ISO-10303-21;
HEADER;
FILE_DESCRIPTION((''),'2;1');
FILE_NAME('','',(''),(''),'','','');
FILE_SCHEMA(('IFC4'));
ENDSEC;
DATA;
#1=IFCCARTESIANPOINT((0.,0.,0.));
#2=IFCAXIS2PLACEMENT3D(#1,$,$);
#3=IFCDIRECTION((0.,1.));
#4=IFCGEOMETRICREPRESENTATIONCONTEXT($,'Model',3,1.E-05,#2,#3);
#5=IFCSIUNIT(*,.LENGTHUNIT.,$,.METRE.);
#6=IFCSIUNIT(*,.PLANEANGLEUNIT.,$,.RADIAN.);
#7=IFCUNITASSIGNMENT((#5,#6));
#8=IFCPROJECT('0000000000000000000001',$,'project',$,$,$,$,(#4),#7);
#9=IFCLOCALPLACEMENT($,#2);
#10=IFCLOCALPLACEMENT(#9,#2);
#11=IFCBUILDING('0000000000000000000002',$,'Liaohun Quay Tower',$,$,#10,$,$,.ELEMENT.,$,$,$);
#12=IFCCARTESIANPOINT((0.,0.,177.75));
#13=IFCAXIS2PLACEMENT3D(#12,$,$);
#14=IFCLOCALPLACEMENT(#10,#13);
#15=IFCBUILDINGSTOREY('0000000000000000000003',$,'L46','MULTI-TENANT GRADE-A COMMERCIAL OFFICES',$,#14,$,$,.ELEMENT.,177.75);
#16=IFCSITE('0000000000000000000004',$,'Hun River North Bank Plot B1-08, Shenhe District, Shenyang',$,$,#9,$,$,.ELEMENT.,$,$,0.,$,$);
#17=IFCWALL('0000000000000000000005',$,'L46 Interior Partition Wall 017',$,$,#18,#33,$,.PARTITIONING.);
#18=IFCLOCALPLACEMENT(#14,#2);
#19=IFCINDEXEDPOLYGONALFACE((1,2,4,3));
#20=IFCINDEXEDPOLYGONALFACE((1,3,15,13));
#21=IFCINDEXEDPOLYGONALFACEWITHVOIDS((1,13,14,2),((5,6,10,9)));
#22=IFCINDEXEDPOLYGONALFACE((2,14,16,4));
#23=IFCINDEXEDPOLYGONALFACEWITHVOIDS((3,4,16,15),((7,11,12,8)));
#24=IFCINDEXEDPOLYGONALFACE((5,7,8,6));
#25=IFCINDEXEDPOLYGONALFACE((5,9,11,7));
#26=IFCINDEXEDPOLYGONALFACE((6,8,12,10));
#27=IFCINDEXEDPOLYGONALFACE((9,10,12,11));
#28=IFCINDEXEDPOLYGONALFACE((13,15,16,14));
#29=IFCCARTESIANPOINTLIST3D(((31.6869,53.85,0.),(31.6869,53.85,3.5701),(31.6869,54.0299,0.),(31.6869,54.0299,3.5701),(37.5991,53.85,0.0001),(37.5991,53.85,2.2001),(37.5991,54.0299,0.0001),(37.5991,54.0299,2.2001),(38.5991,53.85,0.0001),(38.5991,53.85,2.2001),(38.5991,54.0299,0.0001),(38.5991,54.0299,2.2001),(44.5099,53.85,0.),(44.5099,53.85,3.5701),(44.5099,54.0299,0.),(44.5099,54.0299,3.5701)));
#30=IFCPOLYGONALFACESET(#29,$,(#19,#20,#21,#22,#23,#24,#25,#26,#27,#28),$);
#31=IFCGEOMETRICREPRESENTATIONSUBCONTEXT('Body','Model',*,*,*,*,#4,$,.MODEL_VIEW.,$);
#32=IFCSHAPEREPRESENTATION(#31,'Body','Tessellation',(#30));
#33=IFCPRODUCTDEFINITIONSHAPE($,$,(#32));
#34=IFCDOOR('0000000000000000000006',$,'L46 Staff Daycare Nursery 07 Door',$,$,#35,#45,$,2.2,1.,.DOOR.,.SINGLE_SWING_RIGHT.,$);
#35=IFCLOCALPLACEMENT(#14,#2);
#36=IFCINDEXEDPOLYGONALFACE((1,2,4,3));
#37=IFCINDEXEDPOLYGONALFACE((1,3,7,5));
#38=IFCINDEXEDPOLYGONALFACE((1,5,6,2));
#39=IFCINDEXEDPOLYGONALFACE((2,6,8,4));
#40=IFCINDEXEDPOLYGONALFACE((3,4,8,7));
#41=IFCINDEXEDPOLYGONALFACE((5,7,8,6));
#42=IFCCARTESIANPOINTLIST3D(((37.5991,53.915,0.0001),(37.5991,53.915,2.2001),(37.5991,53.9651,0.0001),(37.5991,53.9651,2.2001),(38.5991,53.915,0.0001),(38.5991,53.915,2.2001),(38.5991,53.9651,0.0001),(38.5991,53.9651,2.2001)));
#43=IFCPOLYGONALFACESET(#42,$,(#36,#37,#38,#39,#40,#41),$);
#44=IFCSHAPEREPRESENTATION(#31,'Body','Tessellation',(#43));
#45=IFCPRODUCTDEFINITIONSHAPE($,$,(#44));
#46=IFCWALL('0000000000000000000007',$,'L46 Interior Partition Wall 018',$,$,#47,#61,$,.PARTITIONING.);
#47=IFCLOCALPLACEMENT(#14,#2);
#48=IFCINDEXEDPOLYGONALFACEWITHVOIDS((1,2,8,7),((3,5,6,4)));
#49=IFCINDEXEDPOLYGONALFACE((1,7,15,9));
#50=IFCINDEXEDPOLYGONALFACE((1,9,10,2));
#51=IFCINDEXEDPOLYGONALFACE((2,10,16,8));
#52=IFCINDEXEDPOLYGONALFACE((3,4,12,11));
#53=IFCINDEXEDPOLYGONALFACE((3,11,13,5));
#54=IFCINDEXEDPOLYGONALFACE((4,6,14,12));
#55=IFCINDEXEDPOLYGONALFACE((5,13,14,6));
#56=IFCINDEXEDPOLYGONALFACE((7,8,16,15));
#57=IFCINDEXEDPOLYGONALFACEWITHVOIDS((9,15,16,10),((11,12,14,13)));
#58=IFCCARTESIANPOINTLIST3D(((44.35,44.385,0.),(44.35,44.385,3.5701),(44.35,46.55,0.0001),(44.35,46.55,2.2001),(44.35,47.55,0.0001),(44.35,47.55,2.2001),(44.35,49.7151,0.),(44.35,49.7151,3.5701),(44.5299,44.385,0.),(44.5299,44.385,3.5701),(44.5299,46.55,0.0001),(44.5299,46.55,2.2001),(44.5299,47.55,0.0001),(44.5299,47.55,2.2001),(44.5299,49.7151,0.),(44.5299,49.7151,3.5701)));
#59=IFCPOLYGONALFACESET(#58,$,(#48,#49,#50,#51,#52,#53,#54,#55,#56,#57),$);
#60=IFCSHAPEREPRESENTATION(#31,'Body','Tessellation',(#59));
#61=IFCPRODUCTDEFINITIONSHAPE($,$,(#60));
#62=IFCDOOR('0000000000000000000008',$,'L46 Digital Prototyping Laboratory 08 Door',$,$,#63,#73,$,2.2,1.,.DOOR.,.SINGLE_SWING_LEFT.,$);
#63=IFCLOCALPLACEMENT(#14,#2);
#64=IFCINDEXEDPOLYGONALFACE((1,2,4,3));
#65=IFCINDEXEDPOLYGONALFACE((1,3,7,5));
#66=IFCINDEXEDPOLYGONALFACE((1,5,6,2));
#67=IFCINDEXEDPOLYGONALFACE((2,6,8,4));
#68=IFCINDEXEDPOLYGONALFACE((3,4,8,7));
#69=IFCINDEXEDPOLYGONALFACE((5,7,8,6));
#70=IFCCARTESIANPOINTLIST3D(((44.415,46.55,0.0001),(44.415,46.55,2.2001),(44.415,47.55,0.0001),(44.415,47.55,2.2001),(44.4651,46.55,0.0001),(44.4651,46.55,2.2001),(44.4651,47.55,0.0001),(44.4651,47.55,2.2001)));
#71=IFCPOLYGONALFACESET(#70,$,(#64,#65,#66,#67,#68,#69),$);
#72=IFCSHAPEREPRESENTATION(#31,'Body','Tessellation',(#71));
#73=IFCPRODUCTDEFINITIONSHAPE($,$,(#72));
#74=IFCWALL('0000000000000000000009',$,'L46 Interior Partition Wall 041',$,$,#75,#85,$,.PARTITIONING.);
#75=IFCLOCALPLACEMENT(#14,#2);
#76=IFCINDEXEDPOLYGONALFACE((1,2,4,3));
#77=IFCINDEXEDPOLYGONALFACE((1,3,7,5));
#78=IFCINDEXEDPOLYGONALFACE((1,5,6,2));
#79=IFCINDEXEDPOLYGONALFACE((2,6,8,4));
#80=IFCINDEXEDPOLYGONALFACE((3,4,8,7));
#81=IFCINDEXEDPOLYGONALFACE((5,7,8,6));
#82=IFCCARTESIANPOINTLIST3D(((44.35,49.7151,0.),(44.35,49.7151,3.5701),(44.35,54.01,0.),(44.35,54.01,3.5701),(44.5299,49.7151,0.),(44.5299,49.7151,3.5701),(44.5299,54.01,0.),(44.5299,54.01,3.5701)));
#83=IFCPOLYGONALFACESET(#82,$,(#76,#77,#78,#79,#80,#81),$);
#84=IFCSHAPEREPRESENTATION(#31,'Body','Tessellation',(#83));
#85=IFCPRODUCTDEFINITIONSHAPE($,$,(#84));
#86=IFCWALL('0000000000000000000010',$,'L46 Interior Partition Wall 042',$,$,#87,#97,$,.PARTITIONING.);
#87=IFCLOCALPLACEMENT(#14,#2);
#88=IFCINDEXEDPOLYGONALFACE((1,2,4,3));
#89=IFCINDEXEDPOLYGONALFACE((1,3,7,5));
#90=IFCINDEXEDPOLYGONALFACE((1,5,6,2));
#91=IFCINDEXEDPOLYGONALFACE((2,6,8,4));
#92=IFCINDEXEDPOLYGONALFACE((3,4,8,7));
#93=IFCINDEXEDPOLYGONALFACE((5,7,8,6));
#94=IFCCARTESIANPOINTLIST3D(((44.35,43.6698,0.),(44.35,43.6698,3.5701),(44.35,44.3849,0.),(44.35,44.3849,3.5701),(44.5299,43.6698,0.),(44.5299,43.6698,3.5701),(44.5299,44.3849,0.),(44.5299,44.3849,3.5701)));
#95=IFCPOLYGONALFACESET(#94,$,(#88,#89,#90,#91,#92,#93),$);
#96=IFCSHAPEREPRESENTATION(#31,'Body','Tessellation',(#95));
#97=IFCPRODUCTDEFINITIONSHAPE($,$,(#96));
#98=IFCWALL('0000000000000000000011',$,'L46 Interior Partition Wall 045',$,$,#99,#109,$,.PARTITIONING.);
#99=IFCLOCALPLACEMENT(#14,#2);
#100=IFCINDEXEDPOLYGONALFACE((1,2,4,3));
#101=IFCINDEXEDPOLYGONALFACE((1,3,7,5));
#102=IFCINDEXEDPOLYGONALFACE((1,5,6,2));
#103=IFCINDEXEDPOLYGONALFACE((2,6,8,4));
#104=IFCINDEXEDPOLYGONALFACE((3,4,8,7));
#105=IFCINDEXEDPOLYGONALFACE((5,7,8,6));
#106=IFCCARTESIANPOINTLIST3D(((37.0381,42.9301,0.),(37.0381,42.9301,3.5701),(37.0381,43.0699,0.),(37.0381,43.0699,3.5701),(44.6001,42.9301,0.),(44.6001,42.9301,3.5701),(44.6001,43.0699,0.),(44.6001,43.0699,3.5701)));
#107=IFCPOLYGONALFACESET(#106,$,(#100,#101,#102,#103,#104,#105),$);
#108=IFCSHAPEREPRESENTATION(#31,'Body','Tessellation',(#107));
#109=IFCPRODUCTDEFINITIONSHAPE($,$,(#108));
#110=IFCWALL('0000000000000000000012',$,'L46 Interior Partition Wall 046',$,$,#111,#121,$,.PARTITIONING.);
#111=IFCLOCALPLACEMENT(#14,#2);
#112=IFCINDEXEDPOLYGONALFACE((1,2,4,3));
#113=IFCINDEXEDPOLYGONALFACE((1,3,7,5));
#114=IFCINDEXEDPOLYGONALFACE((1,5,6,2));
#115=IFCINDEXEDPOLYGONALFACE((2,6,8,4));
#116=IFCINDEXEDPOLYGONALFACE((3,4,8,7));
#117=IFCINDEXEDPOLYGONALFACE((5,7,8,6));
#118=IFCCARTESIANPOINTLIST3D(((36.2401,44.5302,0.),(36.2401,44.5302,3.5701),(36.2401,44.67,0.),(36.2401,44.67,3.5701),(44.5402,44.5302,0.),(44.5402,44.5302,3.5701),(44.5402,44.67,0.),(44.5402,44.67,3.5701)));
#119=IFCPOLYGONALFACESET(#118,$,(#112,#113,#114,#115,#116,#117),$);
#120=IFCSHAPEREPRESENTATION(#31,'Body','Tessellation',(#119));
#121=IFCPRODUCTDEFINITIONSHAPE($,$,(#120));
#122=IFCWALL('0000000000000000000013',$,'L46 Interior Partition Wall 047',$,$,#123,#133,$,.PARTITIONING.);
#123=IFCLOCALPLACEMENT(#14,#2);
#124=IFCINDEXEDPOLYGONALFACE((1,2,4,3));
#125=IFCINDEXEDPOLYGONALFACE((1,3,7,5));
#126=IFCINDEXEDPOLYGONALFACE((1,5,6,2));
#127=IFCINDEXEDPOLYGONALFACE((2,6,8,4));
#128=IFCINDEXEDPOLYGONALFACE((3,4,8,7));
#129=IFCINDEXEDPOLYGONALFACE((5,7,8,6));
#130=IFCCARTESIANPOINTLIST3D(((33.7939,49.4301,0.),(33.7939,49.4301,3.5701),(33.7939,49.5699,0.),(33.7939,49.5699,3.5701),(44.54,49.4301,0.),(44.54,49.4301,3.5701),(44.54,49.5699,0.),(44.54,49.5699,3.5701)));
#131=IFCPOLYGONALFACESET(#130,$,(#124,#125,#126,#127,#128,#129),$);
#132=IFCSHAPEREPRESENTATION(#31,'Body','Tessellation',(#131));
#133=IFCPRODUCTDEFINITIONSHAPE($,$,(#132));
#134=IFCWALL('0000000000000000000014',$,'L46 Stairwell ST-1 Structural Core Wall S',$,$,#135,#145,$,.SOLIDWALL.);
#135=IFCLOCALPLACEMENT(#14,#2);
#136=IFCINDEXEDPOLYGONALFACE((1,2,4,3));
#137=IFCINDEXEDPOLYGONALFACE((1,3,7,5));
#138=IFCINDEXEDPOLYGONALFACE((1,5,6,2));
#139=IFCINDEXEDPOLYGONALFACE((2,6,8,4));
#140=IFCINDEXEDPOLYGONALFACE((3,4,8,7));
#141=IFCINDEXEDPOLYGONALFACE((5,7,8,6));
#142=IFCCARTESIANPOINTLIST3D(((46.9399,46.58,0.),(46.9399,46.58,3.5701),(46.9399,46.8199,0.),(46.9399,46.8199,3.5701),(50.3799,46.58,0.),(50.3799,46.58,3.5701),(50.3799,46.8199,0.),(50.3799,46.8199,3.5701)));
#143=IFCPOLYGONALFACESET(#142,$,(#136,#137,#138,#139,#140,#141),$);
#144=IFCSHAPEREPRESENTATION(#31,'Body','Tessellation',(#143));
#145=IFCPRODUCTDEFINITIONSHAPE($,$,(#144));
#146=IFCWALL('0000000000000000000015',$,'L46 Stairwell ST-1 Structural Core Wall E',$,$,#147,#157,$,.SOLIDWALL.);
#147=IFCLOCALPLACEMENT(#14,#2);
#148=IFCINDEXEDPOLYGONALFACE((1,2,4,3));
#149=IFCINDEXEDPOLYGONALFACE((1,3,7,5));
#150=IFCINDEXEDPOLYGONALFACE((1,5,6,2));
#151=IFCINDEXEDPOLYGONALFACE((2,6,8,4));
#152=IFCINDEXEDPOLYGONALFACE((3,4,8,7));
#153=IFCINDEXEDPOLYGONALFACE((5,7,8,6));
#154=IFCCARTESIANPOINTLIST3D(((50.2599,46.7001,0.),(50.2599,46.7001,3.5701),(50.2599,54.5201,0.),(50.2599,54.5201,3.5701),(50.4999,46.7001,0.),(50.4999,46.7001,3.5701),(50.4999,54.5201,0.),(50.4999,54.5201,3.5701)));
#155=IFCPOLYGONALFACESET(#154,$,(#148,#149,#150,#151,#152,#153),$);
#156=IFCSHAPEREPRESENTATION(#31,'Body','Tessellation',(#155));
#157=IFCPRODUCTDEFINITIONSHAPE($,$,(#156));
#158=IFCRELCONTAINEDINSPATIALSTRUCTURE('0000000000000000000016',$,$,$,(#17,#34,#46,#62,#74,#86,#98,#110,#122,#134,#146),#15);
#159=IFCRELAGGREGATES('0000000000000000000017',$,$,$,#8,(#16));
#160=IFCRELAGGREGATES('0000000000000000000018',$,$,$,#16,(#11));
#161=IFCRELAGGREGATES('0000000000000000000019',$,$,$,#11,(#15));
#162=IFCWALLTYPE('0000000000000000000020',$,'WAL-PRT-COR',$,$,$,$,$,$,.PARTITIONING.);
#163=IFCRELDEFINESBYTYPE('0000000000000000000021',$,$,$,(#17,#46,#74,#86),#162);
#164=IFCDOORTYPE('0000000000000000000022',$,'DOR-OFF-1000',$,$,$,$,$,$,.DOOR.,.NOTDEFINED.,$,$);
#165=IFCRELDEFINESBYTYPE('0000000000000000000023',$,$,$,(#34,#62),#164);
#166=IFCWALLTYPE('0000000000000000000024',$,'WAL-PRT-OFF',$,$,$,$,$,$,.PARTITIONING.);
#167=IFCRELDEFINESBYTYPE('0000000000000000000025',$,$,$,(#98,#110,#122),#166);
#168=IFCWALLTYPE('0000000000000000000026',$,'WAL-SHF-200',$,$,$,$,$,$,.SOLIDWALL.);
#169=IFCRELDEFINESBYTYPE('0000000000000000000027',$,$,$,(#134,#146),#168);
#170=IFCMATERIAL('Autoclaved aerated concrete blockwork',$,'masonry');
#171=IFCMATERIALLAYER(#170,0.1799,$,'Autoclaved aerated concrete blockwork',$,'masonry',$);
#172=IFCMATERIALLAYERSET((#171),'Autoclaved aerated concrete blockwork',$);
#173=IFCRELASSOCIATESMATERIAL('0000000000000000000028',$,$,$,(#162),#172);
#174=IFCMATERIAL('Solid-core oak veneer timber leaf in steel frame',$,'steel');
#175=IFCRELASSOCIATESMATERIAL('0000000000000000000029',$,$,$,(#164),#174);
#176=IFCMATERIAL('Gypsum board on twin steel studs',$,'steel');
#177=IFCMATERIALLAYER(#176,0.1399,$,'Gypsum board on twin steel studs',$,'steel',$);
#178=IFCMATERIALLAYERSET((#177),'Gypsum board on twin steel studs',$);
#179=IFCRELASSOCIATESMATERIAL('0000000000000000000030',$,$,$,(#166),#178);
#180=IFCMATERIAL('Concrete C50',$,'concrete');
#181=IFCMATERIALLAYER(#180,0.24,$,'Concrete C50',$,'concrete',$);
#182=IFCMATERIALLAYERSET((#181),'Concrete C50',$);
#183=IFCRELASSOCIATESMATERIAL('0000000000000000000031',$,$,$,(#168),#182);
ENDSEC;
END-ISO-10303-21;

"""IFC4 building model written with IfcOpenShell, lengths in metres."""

from ifc_helpers import new_model, si_unit, direction, frame, frame_2d, origin, place, context, subcontext, project, spatial, rectangle, extrude, source, transform, mapped, material, layer, layer_set, type_object, element, fill, save


model = new_model("IFC4")

# Units and contexts
model_context = context("Model", 3, precision=1e-05, world=origin(), true_north=direction((0.0, 1.0)))
body_context = subcontext(model_context, "Body", "Model", "MODEL_VIEW")
ifc_project = project(units=[si_unit("LENGTHUNIT", "METRE"), si_unit("PLANEANGLEUNIT", "RADIAN")], contexts=[model_context])

# Site, building, storey
site_placement = place(None, origin())
site = spatial("IfcSite", under=ifc_project, at=site_placement, Name="Hun River North Bank Plot B1-08, Shenhe District, Shenyang", CompositionType="ELEMENT", RefElevation=0.0)
building_placement = place(site_placement, origin())
building = spatial("IfcBuilding", under=site, at=building_placement, Name="Liaohun Quay Tower", CompositionType="ELEMENT")
storey_placement = place(building_placement, frame((0.0, 0.0, 177.75)))
storey = spatial("IfcBuildingStorey", under=building, at=storey_placement, Name="L46", Description="MULTI-TENANT GRADE-A COMMERCIAL OFFICES", CompositionType="ELEMENT", Elevation=177.75)

# Walls, openings, doors
ifc_material_1 = material(Name="Autoclaved aerated concrete blockwork", Category="masonry")
ifc_layer_1 = layer(ifc_material_1, 0.1799, Name="Autoclaved aerated concrete blockwork", Category="masonry")
ifc_layer_set_1 = layer_set([ifc_layer_1], Name="Autoclaved aerated concrete blockwork")
wall_type_1 = type_object("IfcWallType", Name="WAL-PRT-COR", PredefinedType="PARTITIONING", material=ifc_layer_set_1)
wall_1_placement = place(storey_placement, frame((44.51, 53.9399, 0.0), z_axis=(0.0, 0.0, 1.0), x_axis=(-1.0, 0.0, 0.0)))
wall_1 = element("IfcWall", 1, at=wall_1_placement, inside=storey, type_object=wall_type_1, Name="L46 Interior Partition Wall 017", PredefinedType="PARTITIONING", context=body_context, shape_type="SweptSolid", body=[
    extrude(rectangle(XDim=12.823, YDim=0.1799, at=frame_2d((6.4116, 0.0))), origin(), (0.0, 0.0, 1.0), 3.5701),
])
shared_shape_1 = source(origin(), body_context, "Body", "SweptSolid", [
    extrude(rectangle(XDim=1.0, YDim=2.2, at=frame_2d((0.5, 1.1001))), frame((0.0, 0.0999, 0.0), z_axis=(0.0, -1.0, 0.0), x_axis=(1.0, 0.0, 0.0)), (0.0, 0.0, 1.0), 0.2),
])
opening_1_placement = place(wall_1_placement, frame((5.9109, 0.0, 0.0)))
opening_1 = element("IfcOpeningElement", 2, at=opening_1_placement, cuts=wall_1, PredefinedType="OPENING", context=body_context, shape_type="MappedRepresentation", body=[
    mapped(shared_shape_1, transform((0.0, 0.0, 0.0), x_axis=(1.0, 0.0, 0.0), y_axis=(0.0, 1.0, 0.0), z_axis=(0.0, 0.0, 1.0), scale=1.0)),
])
ifc_material_2 = material(Name="Solid-core oak veneer timber leaf in steel frame", Category="steel")
door_type_1 = type_object("IfcDoorType", Name="DOR-OFF-1000", OperationType="NOTDEFINED", PredefinedType="DOOR", material=ifc_material_2)
shared_shape_2 = source(origin(), body_context, "Body", "SweptSolid", [
    extrude(rectangle(XDim=1.0, YDim=2.2, at=frame_2d((0.5, 1.1001))), frame((0.0, 0.0249, 0.0), z_axis=(0.0, -1.0, 0.0), x_axis=(1.0, 0.0, 0.0)), (0.0, 0.0, 1.0), 0.05),
])
door_1_placement = place(opening_1_placement, origin())
door_1 = element("IfcDoor", 3, at=door_1_placement, inside=storey, type_object=door_type_1, Name="L46 Staff Daycare Nursery 07 Door", OperationType="SINGLE_SWING_RIGHT", OverallHeight=2.2, OverallWidth=1.0, PredefinedType="DOOR", context=body_context, shape_type="MappedRepresentation", body=[
    mapped(shared_shape_2, transform((0.0, 0.0, 0.0), x_axis=(1.0, 0.0, 0.0), y_axis=(0.0, 1.0, 0.0), z_axis=(0.0, 0.0, 1.0), scale=1.0)),
])
fill(opening_1, door_1)
wall_2_placement = place(storey_placement, frame((44.4399, 44.385, 0.0), z_axis=(0.0, 0.0, 1.0), x_axis=(0.0, 1.0, 0.0)))
wall_2 = element("IfcWall", 4, at=wall_2_placement, inside=storey, type_object=wall_type_1, Name="L46 Interior Partition Wall 018", PredefinedType="PARTITIONING", context=body_context, shape_type="SweptSolid", body=[
    extrude(rectangle(XDim=5.3301, YDim=0.1799, at=frame_2d((2.665, 0.0))), origin(), (0.0, 0.0, 1.0), 3.5701),
])
opening_2_placement = place(wall_2_placement, frame((2.165, 0.0, 0.0)))
opening_2 = element("IfcOpeningElement", 5, at=opening_2_placement, cuts=wall_2, PredefinedType="OPENING", context=body_context, shape_type="MappedRepresentation", body=[
    mapped(shared_shape_1, transform((0.0, 0.0, 0.0), x_axis=(1.0, 0.0, 0.0), y_axis=(0.0, 1.0, 0.0), z_axis=(0.0, 0.0, 1.0), scale=1.0)),
])
door_2_placement = place(opening_2_placement, origin())
door_2 = element("IfcDoor", 6, at=door_2_placement, inside=storey, type_object=door_type_1, Name="L46 Digital Prototyping Laboratory 08 Door", OperationType="SINGLE_SWING_LEFT", OverallHeight=2.2, OverallWidth=1.0, PredefinedType="DOOR", context=body_context, shape_type="MappedRepresentation", body=[
    mapped(shared_shape_2, transform((0.0, 0.0, 0.0), x_axis=(1.0, 0.0, 0.0), y_axis=(0.0, 1.0, 0.0), z_axis=(0.0, 0.0, 1.0), scale=1.0)),
])
fill(opening_2, door_2)

# Walls
wall_3_placement = place(storey_placement, frame((44.4399, 49.7151, 0.0), z_axis=(0.0, 0.0, 1.0), x_axis=(0.0, 1.0, 0.0)))
element("IfcWall", 7, at=wall_3_placement, inside=storey, type_object=wall_type_1, Name="L46 Interior Partition Wall 041", PredefinedType="PARTITIONING", context=body_context, shape_type="SweptSolid", body=[
    extrude(rectangle(XDim=4.2949, YDim=0.1799, at=frame_2d((2.1475, 0.0))), origin(), (0.0, 0.0, 1.0), 3.5701),
])
wall_4_placement = place(storey_placement, frame((44.4399, 43.6699, 0.0), z_axis=(0.0, 0.0, 1.0), x_axis=(0.0, 1.0, 0.0)))
element("IfcWall", 8, at=wall_4_placement, inside=storey, type_object=wall_type_1, Name="L46 Interior Partition Wall 042", PredefinedType="PARTITIONING", context=body_context, shape_type="SweptSolid", body=[
    extrude(rectangle(XDim=0.7151, YDim=0.1799, at=frame_2d((0.3574, 0.0))), origin(), (0.0, 0.0, 1.0), 3.5701),
])
ifc_material_3 = material(Name="Gypsum board on twin steel studs", Category="steel")
ifc_layer_2 = layer(ifc_material_3, 0.1399, Name="Gypsum board on twin steel studs", Category="steel")
ifc_layer_set_2 = layer_set([ifc_layer_2], Name="Gypsum board on twin steel studs")
wall_type_2 = type_object("IfcWallType", Name="WAL-PRT-OFF", PredefinedType="PARTITIONING", material=ifc_layer_set_2)
wall_5_placement = place(storey_placement, frame((44.6001, 43.0, 0.0), z_axis=(0.0, 0.0, 1.0), x_axis=(-1.0, 0.0, 0.0)))
element("IfcWall", 9, at=wall_5_placement, inside=storey, type_object=wall_type_2, Name="L46 Interior Partition Wall 045", PredefinedType="PARTITIONING", context=body_context, shape_type="SweptSolid", body=[
    extrude(rectangle(XDim=7.562, YDim=0.1399, at=frame_2d((3.781, 0.0))), origin(), (0.0, 0.0, 1.0), 3.5701),
])
wall_6_placement = place(storey_placement, frame((44.54, 44.6001, 0.0), z_axis=(0.0, 0.0, 1.0), x_axis=(-1.0, 0.0, 0.0)))
element("IfcWall", 10, at=wall_6_placement, inside=storey, type_object=wall_type_2, Name="L46 Interior Partition Wall 046", PredefinedType="PARTITIONING", context=body_context, shape_type="SweptSolid", body=[
    extrude(rectangle(XDim=8.3, YDim=0.1399, at=frame_2d((4.1499, 0.0))), origin(), (0.0, 0.0, 1.0), 3.5701),
])
wall_7_placement = place(storey_placement, frame((44.54, 49.5, 0.0), z_axis=(0.0, 0.0, 1.0), x_axis=(-1.0, 0.0, 0.0)))
element("IfcWall", 11, at=wall_7_placement, inside=storey, type_object=wall_type_2, Name="L46 Interior Partition Wall 047", PredefinedType="PARTITIONING", context=body_context, shape_type="SweptSolid", body=[
    extrude(rectangle(XDim=10.7461, YDim=0.1399, at=frame_2d((5.373, 0.0))), origin(), (0.0, 0.0, 1.0), 3.5701),
])
ifc_material_4 = material(Name="Concrete C50", Category="concrete")
ifc_layer_3 = layer(ifc_material_4, 0.24, Name="Concrete C50", Category="concrete")
ifc_layer_set_3 = layer_set([ifc_layer_3], Name="Concrete C50")
wall_type_3 = type_object("IfcWallType", Name="WAL-SHF-200", PredefinedType="SOLIDWALL", material=ifc_layer_set_3)
wall_8_placement = place(storey_placement, frame((46.9399, 46.7, 0.0), z_axis=(0.0, 0.0, 1.0), x_axis=(1.0, 0.0, 0.0)))
element("IfcWall", 12, at=wall_8_placement, inside=storey, type_object=wall_type_3, Name="L46 Stairwell ST-1 Structural Core Wall S", PredefinedType="SOLIDWALL", context=body_context, shape_type="SweptSolid", body=[
    extrude(rectangle(XDim=3.4399, YDim=0.24, at=frame_2d((1.72, 0.0))), origin(), (0.0, 0.0, 1.0), 3.5701),
])
wall_9_placement = place(storey_placement, frame((50.3799, 46.7, 0.0), z_axis=(0.0, 0.0, 1.0), x_axis=(0.0, 1.0, 0.0)))
element("IfcWall", 13, at=wall_9_placement, inside=storey, type_object=wall_type_3, Name="L46 Stairwell ST-1 Structural Core Wall E", PredefinedType="SOLIDWALL", context=body_context, shape_type="SweptSolid", body=[
    extrude(rectangle(XDim=7.8201, YDim=0.24, at=frame_2d((3.9102, 0.0))), origin(), (0.0, 0.0, 1.0), 3.5701),
])

save(model, "model.ifc")
